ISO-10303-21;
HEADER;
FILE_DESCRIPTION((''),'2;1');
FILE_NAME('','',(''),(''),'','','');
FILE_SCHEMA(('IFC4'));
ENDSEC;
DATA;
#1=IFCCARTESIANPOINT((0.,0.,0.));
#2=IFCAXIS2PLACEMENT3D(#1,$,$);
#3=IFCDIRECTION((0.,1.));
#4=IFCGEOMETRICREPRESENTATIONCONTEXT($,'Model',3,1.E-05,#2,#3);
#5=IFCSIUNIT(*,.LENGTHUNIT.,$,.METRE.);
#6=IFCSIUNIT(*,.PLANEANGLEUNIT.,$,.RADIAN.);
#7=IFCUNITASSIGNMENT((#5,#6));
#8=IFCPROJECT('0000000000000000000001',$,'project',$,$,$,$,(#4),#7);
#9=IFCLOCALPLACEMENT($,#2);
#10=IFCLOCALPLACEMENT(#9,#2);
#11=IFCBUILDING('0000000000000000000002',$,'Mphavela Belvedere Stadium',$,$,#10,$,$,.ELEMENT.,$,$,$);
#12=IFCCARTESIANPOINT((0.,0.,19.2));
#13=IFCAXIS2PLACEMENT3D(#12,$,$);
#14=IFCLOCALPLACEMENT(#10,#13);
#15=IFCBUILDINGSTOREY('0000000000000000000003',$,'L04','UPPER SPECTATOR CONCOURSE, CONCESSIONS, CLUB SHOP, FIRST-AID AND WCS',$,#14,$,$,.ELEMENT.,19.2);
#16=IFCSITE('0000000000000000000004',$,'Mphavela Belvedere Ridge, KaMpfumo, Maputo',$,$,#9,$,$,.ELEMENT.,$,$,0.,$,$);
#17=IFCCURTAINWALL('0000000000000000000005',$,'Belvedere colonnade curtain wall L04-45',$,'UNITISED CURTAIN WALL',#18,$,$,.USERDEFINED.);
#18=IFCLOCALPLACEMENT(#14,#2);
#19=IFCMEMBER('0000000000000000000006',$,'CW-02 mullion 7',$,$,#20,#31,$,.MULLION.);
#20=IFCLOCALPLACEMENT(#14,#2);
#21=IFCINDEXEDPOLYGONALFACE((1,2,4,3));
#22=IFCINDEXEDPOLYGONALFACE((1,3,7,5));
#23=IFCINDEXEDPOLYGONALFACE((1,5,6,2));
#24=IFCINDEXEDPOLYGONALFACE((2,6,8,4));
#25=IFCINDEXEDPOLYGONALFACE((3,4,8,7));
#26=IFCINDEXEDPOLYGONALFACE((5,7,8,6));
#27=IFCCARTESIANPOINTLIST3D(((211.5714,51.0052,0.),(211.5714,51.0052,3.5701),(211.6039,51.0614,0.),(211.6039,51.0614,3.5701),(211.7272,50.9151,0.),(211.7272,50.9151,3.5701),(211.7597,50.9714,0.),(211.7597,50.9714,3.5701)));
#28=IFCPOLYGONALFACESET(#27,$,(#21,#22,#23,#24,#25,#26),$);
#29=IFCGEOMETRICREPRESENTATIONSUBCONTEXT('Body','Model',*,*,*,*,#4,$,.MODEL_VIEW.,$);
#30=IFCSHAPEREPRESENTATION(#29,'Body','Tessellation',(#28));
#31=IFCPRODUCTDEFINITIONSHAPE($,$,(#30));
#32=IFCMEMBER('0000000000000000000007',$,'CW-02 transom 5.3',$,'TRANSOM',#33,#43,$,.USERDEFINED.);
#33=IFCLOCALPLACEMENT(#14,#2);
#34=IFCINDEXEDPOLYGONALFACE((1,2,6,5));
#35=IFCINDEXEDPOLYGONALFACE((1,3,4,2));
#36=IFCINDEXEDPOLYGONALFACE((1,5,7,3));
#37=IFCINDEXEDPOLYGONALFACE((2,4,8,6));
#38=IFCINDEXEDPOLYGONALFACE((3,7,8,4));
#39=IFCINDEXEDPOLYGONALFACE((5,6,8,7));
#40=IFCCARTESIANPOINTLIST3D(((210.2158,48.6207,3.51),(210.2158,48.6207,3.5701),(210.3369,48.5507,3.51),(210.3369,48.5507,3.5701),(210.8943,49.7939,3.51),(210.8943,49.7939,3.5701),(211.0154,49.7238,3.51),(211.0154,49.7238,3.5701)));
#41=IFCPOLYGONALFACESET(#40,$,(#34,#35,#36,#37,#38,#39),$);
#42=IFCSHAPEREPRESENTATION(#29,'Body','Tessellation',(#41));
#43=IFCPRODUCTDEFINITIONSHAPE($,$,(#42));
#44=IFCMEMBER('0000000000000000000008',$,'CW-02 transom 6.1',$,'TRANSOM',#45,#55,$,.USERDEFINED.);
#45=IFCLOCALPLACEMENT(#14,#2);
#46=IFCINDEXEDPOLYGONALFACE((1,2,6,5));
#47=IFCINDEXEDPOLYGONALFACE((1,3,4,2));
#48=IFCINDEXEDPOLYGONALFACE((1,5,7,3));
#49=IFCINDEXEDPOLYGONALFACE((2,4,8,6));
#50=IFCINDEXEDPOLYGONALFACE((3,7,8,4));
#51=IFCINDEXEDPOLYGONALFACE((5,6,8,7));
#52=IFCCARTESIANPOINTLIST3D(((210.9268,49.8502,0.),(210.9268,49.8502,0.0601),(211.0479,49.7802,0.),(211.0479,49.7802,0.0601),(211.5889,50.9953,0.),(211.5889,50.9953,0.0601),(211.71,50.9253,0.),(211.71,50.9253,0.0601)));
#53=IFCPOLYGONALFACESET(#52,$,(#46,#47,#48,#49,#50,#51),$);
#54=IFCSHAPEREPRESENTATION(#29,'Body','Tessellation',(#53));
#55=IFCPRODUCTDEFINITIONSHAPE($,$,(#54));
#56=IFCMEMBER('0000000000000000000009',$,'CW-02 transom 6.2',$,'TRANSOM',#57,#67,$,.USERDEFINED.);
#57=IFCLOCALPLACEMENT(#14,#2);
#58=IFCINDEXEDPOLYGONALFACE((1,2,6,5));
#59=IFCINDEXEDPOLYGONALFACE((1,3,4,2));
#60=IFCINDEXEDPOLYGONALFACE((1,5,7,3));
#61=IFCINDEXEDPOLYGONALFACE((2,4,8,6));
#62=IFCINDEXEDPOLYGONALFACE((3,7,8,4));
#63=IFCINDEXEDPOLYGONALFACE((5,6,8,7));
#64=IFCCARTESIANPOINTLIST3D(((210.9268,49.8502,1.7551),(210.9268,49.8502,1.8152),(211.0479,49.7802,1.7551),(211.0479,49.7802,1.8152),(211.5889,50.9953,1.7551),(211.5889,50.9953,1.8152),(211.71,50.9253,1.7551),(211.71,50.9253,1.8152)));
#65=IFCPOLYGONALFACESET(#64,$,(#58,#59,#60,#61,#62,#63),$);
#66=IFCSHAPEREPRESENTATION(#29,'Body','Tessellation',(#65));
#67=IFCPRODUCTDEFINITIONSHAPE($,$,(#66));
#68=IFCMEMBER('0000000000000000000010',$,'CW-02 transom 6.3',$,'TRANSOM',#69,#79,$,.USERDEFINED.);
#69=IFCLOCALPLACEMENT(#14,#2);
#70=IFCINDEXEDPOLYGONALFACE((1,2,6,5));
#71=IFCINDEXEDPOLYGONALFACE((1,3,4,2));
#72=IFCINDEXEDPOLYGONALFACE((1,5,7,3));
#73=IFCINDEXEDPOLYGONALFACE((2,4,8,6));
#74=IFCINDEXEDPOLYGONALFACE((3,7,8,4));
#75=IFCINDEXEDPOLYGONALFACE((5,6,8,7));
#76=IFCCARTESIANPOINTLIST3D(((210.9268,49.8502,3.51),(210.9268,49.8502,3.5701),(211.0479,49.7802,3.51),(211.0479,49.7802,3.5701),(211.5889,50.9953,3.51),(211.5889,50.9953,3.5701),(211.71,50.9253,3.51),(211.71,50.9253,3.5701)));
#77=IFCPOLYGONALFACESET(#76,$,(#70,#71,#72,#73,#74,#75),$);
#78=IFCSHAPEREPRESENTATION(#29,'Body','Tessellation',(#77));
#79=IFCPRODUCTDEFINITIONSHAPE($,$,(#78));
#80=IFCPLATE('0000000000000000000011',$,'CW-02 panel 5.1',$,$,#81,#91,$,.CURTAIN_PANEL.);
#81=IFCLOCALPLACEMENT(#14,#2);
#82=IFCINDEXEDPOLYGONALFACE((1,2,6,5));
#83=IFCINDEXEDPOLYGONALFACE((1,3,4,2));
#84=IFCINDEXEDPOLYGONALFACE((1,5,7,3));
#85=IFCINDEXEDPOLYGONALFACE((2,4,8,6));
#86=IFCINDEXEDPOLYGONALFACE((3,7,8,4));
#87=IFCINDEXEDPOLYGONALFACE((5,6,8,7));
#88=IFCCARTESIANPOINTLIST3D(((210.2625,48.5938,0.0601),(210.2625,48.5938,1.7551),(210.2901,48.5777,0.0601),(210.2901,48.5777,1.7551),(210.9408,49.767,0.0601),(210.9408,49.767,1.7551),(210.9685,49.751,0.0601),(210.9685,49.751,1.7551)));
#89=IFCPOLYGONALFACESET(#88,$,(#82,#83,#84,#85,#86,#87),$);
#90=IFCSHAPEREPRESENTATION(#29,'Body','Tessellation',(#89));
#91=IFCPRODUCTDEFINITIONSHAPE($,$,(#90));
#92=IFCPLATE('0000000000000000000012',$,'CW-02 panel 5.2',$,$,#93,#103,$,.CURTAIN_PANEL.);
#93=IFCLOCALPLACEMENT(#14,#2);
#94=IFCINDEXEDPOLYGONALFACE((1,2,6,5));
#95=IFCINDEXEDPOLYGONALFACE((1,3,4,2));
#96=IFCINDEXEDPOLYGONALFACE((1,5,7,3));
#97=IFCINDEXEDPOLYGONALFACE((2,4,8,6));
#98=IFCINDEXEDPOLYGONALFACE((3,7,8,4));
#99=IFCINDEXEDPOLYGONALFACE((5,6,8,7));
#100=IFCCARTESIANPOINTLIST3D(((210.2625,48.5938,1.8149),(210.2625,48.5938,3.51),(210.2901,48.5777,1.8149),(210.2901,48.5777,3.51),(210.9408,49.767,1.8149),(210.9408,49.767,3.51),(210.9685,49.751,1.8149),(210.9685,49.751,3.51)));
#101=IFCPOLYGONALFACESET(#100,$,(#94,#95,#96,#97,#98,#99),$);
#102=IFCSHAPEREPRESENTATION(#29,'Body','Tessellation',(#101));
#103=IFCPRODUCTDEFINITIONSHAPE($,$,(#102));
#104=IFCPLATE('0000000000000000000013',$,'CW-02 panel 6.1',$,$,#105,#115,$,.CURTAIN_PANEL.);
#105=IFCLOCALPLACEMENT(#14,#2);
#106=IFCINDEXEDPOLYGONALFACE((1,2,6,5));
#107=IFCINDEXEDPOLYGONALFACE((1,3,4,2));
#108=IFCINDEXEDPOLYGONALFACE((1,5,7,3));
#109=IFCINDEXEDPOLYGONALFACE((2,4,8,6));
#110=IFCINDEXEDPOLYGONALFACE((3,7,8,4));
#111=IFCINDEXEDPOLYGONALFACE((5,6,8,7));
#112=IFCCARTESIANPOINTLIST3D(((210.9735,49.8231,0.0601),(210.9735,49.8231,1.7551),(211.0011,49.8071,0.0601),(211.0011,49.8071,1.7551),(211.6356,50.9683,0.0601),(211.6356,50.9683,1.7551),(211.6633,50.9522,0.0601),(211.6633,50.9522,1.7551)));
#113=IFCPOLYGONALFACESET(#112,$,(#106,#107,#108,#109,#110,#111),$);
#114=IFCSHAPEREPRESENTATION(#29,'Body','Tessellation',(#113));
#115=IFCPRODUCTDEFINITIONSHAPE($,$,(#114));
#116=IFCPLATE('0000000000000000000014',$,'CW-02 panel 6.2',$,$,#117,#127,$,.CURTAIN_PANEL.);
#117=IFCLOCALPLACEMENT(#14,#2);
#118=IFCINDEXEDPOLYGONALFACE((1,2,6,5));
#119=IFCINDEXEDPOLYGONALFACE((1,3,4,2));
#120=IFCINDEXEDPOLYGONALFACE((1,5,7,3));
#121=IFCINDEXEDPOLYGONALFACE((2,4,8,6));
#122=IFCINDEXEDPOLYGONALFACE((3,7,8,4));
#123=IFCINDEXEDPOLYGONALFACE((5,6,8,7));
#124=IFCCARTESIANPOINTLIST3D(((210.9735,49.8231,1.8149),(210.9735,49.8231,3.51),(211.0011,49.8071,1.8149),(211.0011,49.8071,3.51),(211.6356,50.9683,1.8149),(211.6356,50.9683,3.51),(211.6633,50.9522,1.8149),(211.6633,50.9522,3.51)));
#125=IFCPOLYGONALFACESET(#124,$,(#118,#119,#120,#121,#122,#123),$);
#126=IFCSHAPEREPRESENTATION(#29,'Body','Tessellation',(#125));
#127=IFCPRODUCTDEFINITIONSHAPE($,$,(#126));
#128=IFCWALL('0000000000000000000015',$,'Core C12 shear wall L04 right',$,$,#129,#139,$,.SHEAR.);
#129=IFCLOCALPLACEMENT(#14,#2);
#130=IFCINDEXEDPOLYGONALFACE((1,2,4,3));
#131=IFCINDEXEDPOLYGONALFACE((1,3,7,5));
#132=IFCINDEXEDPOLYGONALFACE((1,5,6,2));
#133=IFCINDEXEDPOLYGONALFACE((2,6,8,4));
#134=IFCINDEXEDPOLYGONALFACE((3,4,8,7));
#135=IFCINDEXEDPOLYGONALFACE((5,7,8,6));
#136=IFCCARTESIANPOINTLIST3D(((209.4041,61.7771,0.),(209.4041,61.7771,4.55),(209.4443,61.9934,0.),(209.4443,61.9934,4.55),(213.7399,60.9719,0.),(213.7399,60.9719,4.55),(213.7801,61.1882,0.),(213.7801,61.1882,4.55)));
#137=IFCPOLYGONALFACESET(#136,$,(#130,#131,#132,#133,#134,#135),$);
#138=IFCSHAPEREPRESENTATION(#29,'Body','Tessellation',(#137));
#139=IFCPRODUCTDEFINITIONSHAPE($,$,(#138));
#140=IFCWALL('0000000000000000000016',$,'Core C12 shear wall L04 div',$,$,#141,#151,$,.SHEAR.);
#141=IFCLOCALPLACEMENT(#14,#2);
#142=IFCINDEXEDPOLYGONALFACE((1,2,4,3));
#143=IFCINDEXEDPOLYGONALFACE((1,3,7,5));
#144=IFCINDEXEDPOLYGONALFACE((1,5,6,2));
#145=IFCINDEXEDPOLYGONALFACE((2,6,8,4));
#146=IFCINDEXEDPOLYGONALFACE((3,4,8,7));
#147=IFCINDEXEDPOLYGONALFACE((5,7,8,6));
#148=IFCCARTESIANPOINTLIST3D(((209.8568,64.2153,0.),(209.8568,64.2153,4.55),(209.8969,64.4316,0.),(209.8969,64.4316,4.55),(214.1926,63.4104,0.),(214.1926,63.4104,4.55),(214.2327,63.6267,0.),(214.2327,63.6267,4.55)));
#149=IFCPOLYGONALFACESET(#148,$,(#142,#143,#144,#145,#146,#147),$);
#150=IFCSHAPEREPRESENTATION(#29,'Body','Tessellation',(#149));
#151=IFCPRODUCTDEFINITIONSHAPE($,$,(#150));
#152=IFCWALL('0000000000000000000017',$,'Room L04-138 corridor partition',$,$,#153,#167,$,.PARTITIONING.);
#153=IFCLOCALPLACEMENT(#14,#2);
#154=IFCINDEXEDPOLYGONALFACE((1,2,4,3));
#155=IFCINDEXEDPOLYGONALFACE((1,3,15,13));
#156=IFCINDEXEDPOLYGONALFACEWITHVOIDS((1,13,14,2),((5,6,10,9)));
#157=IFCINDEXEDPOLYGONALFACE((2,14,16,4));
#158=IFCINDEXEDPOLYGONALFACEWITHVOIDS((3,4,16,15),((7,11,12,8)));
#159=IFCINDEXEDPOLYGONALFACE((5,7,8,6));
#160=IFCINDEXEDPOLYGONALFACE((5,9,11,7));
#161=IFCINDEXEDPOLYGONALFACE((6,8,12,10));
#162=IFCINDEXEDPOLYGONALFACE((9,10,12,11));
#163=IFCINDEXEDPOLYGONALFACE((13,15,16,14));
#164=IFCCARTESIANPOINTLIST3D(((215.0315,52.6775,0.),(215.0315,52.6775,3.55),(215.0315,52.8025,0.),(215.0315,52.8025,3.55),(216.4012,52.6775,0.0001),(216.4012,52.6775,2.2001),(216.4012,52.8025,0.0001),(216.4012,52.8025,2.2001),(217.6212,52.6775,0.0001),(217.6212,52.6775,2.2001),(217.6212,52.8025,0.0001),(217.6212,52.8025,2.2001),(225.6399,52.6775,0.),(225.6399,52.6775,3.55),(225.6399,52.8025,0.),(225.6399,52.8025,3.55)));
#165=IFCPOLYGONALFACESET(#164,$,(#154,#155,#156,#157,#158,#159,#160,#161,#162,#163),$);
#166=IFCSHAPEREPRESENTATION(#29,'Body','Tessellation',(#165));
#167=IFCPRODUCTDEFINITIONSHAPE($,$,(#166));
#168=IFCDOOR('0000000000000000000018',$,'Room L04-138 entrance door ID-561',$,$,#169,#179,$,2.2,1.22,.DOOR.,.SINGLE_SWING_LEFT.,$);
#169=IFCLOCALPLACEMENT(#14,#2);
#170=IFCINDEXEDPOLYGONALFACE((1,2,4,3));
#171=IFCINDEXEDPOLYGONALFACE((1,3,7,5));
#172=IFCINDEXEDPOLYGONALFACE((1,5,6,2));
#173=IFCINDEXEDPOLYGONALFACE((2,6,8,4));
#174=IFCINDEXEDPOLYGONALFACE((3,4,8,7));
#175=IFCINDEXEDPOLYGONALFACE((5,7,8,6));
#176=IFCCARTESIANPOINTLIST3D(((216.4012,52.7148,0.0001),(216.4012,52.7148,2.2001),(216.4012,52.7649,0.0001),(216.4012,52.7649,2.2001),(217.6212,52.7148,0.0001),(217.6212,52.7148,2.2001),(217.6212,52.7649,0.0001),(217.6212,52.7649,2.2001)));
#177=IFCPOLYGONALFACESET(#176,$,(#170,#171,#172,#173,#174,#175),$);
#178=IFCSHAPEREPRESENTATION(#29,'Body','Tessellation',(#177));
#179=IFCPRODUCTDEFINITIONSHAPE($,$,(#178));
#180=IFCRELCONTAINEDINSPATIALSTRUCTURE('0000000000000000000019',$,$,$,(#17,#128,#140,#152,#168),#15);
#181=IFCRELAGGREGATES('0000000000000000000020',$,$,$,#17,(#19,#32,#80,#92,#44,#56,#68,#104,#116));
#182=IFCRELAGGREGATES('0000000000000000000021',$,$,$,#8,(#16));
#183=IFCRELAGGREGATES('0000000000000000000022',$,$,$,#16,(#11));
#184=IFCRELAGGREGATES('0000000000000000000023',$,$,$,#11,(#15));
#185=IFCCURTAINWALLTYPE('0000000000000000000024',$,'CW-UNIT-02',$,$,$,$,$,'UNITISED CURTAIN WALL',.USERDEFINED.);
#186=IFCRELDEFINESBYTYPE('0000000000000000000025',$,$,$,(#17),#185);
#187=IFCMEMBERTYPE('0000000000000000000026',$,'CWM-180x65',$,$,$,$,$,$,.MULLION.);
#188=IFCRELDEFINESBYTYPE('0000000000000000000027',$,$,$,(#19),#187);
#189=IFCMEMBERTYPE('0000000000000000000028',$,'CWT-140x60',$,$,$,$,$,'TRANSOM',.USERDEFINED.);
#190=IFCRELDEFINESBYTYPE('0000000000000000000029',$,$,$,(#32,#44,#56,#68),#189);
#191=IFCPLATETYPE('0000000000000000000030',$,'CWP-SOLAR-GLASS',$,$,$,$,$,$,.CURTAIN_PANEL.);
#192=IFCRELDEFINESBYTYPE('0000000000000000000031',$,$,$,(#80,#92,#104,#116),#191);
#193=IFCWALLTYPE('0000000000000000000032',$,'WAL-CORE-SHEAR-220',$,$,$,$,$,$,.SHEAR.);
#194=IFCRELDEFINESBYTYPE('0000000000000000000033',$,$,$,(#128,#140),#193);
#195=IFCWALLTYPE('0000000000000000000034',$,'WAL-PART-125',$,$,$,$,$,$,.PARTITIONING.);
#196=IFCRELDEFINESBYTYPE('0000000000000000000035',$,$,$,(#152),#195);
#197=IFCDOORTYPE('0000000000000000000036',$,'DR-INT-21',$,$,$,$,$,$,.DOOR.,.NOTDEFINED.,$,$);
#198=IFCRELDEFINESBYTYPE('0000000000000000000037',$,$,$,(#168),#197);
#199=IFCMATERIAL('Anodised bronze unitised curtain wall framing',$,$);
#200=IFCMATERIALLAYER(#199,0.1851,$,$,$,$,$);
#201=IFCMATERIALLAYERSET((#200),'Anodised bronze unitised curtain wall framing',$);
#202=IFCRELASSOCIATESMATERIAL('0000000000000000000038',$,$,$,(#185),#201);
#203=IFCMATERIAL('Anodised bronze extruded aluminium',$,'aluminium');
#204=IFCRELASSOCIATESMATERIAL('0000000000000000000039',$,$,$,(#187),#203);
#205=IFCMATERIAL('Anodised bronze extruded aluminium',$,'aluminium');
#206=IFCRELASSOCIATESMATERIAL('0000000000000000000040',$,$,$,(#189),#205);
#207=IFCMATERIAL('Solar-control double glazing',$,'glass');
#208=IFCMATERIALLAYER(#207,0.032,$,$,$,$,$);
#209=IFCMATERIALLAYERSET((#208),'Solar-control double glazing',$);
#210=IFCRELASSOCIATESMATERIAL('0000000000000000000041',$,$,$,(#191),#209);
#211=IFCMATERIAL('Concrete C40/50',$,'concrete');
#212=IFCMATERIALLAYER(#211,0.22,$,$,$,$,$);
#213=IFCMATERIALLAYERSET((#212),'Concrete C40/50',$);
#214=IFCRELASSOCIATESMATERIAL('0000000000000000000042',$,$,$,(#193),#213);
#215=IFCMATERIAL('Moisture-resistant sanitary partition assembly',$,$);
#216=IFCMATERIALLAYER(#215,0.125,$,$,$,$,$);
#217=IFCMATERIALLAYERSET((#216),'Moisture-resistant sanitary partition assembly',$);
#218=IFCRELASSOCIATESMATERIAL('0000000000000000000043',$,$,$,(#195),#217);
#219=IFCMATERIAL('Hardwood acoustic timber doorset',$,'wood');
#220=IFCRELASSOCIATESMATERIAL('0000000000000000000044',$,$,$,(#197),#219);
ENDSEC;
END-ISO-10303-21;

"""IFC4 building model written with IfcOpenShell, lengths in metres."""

from ifc_helpers import new_model, si_unit, direction, frame, frame_2d, origin, origin_2d, place, context, subcontext, project, spatial, rectangle, extrude, material, layer, layer_set, material_profile, profile_set, type_object, element, fill, aggregate, save


model = new_model("IFC4")

# Units and contexts
model_context = context("Model", 3, precision=1e-05, world=origin(), true_north=direction((0.0, 1.0)))
body_context = subcontext(model_context, "Body", "Model", "MODEL_VIEW")
ifc_project = project(units=[si_unit("LENGTHUNIT", "METRE"), si_unit("PLANEANGLEUNIT", "RADIAN")], contexts=[model_context])

# Site, building, storey
site_placement = place(None, origin())
site = spatial("IfcSite", under=ifc_project, at=site_placement, Name="Mphavela Belvedere Ridge, KaMpfumo, Maputo", CompositionType="ELEMENT", RefElevation=0.0)
building_placement = place(site_placement, origin())
building = spatial("IfcBuilding", under=site, at=building_placement, Name="Mphavela Belvedere Stadium", CompositionType="ELEMENT")
storey_placement = place(building_placement, frame((0.0, 0.0, 19.2)))
storey = spatial("IfcBuildingStorey", under=building, at=storey_placement, Name="L04", Description="UPPER SPECTATOR CONCOURSE, CONCESSIONS, CLUB SHOP, FIRST-AID AND WCS", CompositionType="ELEMENT", Elevation=19.2)

# Curtain wall, members, plates
ifc_material_1 = material(Name="Anodised bronze unitised curtain wall framing")
ifc_layer_1 = layer(ifc_material_1, 0.1851)
ifc_layer_set_1 = layer_set([ifc_layer_1], Name="Anodised bronze unitised curtain wall framing")
curtain_wall_type = type_object("IfcCurtainWallType", Name="CW-UNIT-02", ElementType="UNITISED CURTAIN WALL", PredefinedType="USERDEFINED", material=ifc_layer_set_1)
curtain_wall_placement = place(storey_placement, origin())
curtain_wall = element("IfcCurtainWall", 1, at=curtain_wall_placement, inside=storey, type_object=curtain_wall_type, Name="Belvedere colonnade curtain wall L04-45", ObjectType="UNITISED CURTAIN WALL", PredefinedType="USERDEFINED")
ifc_material_2 = material(Name="Anodised bronze extruded aluminium", Category="aluminium")
ifc_material_profile_1 = material_profile(ifc_material_2, rectangle(XDim=0.1799, YDim=0.0649, at=origin_2d()), Name="CW-MUL 180x65")
ifc_profile_set_1 = profile_set([ifc_material_profile_1], Name="Anodised bronze extruded aluminium")
member_type_1 = type_object("IfcMemberType", Name="CWM-180x65", PredefinedType="MULLION", material=ifc_profile_set_1)
member_1_placement = place(storey_placement, frame((211.6655, 50.9883, 0.0), z_axis=(0.0, 0.0, 1.0), x_axis=(-0.865704, 0.500556, 0.0)))
member_1 = element("IfcMember", 2, at=member_1_placement, type_object=member_type_1, Name="CW-02 mullion 7", PredefinedType="MULLION", context=body_context, shape_type="SweptSolid", body=[
    extrude(rectangle(XDim=0.1799, YDim=0.0649, at=origin_2d()), origin(), (0.0, 0.0, 1.0), 3.5701),
])
ifc_material_3 = material(Name="Anodised bronze extruded aluminium", Category="aluminium")
ifc_material_profile_2 = material_profile(ifc_material_3, rectangle(XDim=0.1399, YDim=0.0601, at=origin_2d()), Name="CW-TRN 140x60")
ifc_profile_set_2 = profile_set([ifc_material_profile_2], Name="Anodised bronze extruded aluminium")
member_type_2 = type_object("IfcMemberType", Name="CWT-140x60", ElementType="TRANSOM", PredefinedType="USERDEFINED", material=ifc_profile_set_2)
member_2_placement = place(storey_placement, frame((210.2764, 48.5857, 3.54), z_axis=(0.500653, 0.865648, 0.0), x_axis=(-0.865648, 0.500653, 0.0)))
member_2 = element("IfcMember", 3, at=member_2_placement, type_object=member_type_2, Name="CW-02 transom 5.3", ObjectType="TRANSOM", PredefinedType="USERDEFINED", context=body_context, shape_type="SweptSolid", body=[
    extrude(rectangle(XDim=0.1399, YDim=0.0601, at=origin_2d()), origin(), (0.0, 0.0, 1.0), 1.3552),
])
member_3_placement = place(storey_placement, frame((210.9873, 49.8152, 0.03), z_axis=(0.500585, 0.865687, 0.0), x_axis=(-0.865687, 0.500585, 0.0)))
member_3 = element("IfcMember", 4, at=member_3_placement, type_object=member_type_2, Name="CW-02 transom 6.1", ObjectType="TRANSOM", PredefinedType="USERDEFINED", context=body_context, shape_type="SweptSolid", body=[
    extrude(rectangle(XDim=0.1399, YDim=0.0601, at=origin_2d()), origin(), (0.0, 0.0, 1.0), 1.3228),
])
member_4_placement = place(storey_placement, frame((210.9873, 49.8152, 1.7852), z_axis=(0.500585, 0.865687, 0.0), x_axis=(-0.865687, 0.500585, 0.0)))
member_4 = element("IfcMember", 5, at=member_4_placement, type_object=member_type_2, Name="CW-02 transom 6.2", ObjectType="TRANSOM", PredefinedType="USERDEFINED", context=body_context, shape_type="SweptSolid", body=[
    extrude(rectangle(XDim=0.1399, YDim=0.0601, at=origin_2d()), origin(), (0.0, 0.0, 1.0), 1.3228),
])
member_5_placement = place(storey_placement, frame((210.9873, 49.8152, 3.54), z_axis=(0.500585, 0.865687, 0.0), x_axis=(-0.865687, 0.500585, 0.0)))
member_5 = element("IfcMember", 6, at=member_5_placement, type_object=member_type_2, Name="CW-02 transom 6.3", ObjectType="TRANSOM", PredefinedType="USERDEFINED", context=body_context, shape_type="SweptSolid", body=[
    extrude(rectangle(XDim=0.1399, YDim=0.0601, at=origin_2d()), origin(), (0.0, 0.0, 1.0), 1.3228),
])
ifc_material_4 = material(Name="Solar-control double glazing", Category="glass")
ifc_layer_2 = layer(ifc_material_4, 0.032)
ifc_layer_set_2 = layer_set([ifc_layer_2], Name="Solar-control double glazing")
plate_type = type_object("IfcPlateType", Name="CWP-SOLAR-GLASS", PredefinedType="CURTAIN_PANEL", material=ifc_layer_set_2)
plate_1_placement = place(storey_placement, frame((210.6155, 49.1724, 0.0601), z_axis=(0.0, 0.0, 1.0), x_axis=(0.500556, 0.865704, 0.0)))
plate_1 = element("IfcPlate", 7, at=plate_1_placement, type_object=plate_type, Name="CW-02 panel 5.1", PredefinedType="CURTAIN_PANEL", context=body_context, shape_type="SweptSolid", body=[
    extrude(rectangle(XDim=1.3552, YDim=0.032, at=origin_2d()), origin(), (0.0, 0.0, 1.0), 1.6951),
])
plate_2_placement = place(storey_placement, frame((210.6155, 49.1724, 1.8149), z_axis=(0.0, 0.0, 1.0), x_axis=(0.500556, 0.865704, 0.0)))
plate_2 = element("IfcPlate", 8, at=plate_2_placement, type_object=plate_type, Name="CW-02 panel 5.2", PredefinedType="CURTAIN_PANEL", context=body_context, shape_type="SweptSolid", body=[
    extrude(rectangle(XDim=1.3552, YDim=0.032, at=origin_2d()), origin(), (0.0, 0.0, 1.0), 1.6951),
])
plate_3_placement = place(storey_placement, frame((211.3184, 50.3877, 0.0601), z_axis=(0.0, 0.0, 1.0), x_axis=(0.500556, 0.865704, 0.0)))
plate_3 = element("IfcPlate", 9, at=plate_3_placement, type_object=plate_type, Name="CW-02 panel 6.1", PredefinedType="CURTAIN_PANEL", context=body_context, shape_type="SweptSolid", body=[
    extrude(rectangle(XDim=1.3228, YDim=0.032, at=origin_2d()), origin(), (0.0, 0.0, 1.0), 1.6951),
])
plate_4_placement = place(storey_placement, frame((211.3184, 50.3877, 1.8149), z_axis=(0.0, 0.0, 1.0), x_axis=(0.500556, 0.865704, 0.0)))
plate_4 = element("IfcPlate", 10, at=plate_4_placement, type_object=plate_type, Name="CW-02 panel 6.2", PredefinedType="CURTAIN_PANEL", context=body_context, shape_type="SweptSolid", body=[
    extrude(rectangle(XDim=1.3228, YDim=0.032, at=origin_2d()), origin(), (0.0, 0.0, 1.0), 1.6951),
])
aggregate(curtain_wall, [member_1, member_2, plate_1, plate_2, member_3, member_4, member_5, plate_3, plate_4])

# Walls
ifc_material_5 = material(Name="Concrete C40/50", Category="concrete")
ifc_layer_3 = layer(ifc_material_5, 0.22)
ifc_layer_set_3 = layer_set([ifc_layer_3], Name="Concrete C40/50")
wall_type_1 = type_object("IfcWallType", Name="WAL-CORE-SHEAR-220", PredefinedType="SHEAR", material=ifc_layer_set_3)
for number, where, z_axis, x_axis, name in (
    (11, (209.4241, 61.8853, 0.0), (0.0, 0.0, 1.0), (0.98319, -0.182587, 0.0), "Core C12 shear wall L04 right"),
    (12, (209.8767, 64.3235, 0.0), (0.0, 0.0, 1.0), (0.983202, -0.182523, 0.0), "Core C12 shear wall L04 div"),
):
    element("IfcWall", number, at=place(storey_placement, frame(where, z_axis=z_axis, x_axis=x_axis)), inside=storey, type_object=wall_type_1, Name=name, PredefinedType="SHEAR", context=body_context, shape_type="SweptSolid", body=[
        extrude(rectangle(XDim=4.4099, YDim=0.22, at=frame_2d((2.2051, 0.0))), origin(), (0.0, 0.0, 1.0), 4.55),
    ])

# Wall, opening, door
ifc_material_6 = material(Name="Moisture-resistant sanitary partition assembly")
ifc_layer_4 = layer(ifc_material_6, 0.125)
ifc_layer_set_4 = layer_set([ifc_layer_4], Name="Moisture-resistant sanitary partition assembly")
wall_type_2 = type_object("IfcWallType", Name="WAL-PART-125", PredefinedType="PARTITIONING", material=ifc_layer_set_4)
wall_1_placement = place(storey_placement, frame((215.0315, 52.74, 0.0), z_axis=(0.0, 0.0, 1.0), x_axis=(1.0, 0.0, 0.0)))
wall_1 = element("IfcWall", 13, at=wall_1_placement, inside=storey, type_object=wall_type_2, Name="Room L04-138 corridor partition", PredefinedType="PARTITIONING", context=body_context, shape_type="SweptSolid", body=[
    extrude(rectangle(XDim=10.6084, YDim=0.125, at=frame_2d((5.3042, 0.0))), origin(), (0.0, 0.0, 1.0), 3.55),
])
opening_1_placement = place(wall_1_placement, frame((1.3699, 0.0, 0.0)))
opening_1 = element("IfcOpeningElement", 14, at=opening_1_placement, cuts=wall_1, PredefinedType="OPENING", context=body_context, shape_type="SweptSolid", body=[
    extrude(rectangle(XDim=1.22, YDim=2.2, at=frame_2d((0.6099, 1.1001))), frame((0.0, 0.0725, 0.0), z_axis=(0.0, -1.0, 0.0), x_axis=(1.0, 0.0, 0.0)), (0.0, 0.0, 1.0), 0.145),
])
ifc_material_7 = material(Name="Hardwood acoustic timber doorset", Category="wood")
door_type_1 = type_object("IfcDoorType", Name="DR-INT-21", OperationType="NOTDEFINED", PredefinedType="DOOR", material=ifc_material_7)
door_1_placement = place(opening_1_placement, origin())
door_1 = element("IfcDoor", 15, at=door_1_placement, inside=storey, type_object=door_type_1, Name="Room L04-138 entrance door ID-561", OperationType="SINGLE_SWING_LEFT", OverallHeight=2.2, OverallWidth=1.22, PredefinedType="DOOR", context=body_context, shape_type="SweptSolid", body=[
    extrude(rectangle(XDim=1.22, YDim=2.2, at=frame_2d((0.6099, 1.1001))), frame((0.0, 0.0249, 0.0), z_axis=(0.0, -1.0, 0.0), x_axis=(1.0, 0.0, 0.0)), (0.0, 0.0, 1.0), 0.05),
])
fill(opening_1, door_1)

save(model, "model.ifc")
